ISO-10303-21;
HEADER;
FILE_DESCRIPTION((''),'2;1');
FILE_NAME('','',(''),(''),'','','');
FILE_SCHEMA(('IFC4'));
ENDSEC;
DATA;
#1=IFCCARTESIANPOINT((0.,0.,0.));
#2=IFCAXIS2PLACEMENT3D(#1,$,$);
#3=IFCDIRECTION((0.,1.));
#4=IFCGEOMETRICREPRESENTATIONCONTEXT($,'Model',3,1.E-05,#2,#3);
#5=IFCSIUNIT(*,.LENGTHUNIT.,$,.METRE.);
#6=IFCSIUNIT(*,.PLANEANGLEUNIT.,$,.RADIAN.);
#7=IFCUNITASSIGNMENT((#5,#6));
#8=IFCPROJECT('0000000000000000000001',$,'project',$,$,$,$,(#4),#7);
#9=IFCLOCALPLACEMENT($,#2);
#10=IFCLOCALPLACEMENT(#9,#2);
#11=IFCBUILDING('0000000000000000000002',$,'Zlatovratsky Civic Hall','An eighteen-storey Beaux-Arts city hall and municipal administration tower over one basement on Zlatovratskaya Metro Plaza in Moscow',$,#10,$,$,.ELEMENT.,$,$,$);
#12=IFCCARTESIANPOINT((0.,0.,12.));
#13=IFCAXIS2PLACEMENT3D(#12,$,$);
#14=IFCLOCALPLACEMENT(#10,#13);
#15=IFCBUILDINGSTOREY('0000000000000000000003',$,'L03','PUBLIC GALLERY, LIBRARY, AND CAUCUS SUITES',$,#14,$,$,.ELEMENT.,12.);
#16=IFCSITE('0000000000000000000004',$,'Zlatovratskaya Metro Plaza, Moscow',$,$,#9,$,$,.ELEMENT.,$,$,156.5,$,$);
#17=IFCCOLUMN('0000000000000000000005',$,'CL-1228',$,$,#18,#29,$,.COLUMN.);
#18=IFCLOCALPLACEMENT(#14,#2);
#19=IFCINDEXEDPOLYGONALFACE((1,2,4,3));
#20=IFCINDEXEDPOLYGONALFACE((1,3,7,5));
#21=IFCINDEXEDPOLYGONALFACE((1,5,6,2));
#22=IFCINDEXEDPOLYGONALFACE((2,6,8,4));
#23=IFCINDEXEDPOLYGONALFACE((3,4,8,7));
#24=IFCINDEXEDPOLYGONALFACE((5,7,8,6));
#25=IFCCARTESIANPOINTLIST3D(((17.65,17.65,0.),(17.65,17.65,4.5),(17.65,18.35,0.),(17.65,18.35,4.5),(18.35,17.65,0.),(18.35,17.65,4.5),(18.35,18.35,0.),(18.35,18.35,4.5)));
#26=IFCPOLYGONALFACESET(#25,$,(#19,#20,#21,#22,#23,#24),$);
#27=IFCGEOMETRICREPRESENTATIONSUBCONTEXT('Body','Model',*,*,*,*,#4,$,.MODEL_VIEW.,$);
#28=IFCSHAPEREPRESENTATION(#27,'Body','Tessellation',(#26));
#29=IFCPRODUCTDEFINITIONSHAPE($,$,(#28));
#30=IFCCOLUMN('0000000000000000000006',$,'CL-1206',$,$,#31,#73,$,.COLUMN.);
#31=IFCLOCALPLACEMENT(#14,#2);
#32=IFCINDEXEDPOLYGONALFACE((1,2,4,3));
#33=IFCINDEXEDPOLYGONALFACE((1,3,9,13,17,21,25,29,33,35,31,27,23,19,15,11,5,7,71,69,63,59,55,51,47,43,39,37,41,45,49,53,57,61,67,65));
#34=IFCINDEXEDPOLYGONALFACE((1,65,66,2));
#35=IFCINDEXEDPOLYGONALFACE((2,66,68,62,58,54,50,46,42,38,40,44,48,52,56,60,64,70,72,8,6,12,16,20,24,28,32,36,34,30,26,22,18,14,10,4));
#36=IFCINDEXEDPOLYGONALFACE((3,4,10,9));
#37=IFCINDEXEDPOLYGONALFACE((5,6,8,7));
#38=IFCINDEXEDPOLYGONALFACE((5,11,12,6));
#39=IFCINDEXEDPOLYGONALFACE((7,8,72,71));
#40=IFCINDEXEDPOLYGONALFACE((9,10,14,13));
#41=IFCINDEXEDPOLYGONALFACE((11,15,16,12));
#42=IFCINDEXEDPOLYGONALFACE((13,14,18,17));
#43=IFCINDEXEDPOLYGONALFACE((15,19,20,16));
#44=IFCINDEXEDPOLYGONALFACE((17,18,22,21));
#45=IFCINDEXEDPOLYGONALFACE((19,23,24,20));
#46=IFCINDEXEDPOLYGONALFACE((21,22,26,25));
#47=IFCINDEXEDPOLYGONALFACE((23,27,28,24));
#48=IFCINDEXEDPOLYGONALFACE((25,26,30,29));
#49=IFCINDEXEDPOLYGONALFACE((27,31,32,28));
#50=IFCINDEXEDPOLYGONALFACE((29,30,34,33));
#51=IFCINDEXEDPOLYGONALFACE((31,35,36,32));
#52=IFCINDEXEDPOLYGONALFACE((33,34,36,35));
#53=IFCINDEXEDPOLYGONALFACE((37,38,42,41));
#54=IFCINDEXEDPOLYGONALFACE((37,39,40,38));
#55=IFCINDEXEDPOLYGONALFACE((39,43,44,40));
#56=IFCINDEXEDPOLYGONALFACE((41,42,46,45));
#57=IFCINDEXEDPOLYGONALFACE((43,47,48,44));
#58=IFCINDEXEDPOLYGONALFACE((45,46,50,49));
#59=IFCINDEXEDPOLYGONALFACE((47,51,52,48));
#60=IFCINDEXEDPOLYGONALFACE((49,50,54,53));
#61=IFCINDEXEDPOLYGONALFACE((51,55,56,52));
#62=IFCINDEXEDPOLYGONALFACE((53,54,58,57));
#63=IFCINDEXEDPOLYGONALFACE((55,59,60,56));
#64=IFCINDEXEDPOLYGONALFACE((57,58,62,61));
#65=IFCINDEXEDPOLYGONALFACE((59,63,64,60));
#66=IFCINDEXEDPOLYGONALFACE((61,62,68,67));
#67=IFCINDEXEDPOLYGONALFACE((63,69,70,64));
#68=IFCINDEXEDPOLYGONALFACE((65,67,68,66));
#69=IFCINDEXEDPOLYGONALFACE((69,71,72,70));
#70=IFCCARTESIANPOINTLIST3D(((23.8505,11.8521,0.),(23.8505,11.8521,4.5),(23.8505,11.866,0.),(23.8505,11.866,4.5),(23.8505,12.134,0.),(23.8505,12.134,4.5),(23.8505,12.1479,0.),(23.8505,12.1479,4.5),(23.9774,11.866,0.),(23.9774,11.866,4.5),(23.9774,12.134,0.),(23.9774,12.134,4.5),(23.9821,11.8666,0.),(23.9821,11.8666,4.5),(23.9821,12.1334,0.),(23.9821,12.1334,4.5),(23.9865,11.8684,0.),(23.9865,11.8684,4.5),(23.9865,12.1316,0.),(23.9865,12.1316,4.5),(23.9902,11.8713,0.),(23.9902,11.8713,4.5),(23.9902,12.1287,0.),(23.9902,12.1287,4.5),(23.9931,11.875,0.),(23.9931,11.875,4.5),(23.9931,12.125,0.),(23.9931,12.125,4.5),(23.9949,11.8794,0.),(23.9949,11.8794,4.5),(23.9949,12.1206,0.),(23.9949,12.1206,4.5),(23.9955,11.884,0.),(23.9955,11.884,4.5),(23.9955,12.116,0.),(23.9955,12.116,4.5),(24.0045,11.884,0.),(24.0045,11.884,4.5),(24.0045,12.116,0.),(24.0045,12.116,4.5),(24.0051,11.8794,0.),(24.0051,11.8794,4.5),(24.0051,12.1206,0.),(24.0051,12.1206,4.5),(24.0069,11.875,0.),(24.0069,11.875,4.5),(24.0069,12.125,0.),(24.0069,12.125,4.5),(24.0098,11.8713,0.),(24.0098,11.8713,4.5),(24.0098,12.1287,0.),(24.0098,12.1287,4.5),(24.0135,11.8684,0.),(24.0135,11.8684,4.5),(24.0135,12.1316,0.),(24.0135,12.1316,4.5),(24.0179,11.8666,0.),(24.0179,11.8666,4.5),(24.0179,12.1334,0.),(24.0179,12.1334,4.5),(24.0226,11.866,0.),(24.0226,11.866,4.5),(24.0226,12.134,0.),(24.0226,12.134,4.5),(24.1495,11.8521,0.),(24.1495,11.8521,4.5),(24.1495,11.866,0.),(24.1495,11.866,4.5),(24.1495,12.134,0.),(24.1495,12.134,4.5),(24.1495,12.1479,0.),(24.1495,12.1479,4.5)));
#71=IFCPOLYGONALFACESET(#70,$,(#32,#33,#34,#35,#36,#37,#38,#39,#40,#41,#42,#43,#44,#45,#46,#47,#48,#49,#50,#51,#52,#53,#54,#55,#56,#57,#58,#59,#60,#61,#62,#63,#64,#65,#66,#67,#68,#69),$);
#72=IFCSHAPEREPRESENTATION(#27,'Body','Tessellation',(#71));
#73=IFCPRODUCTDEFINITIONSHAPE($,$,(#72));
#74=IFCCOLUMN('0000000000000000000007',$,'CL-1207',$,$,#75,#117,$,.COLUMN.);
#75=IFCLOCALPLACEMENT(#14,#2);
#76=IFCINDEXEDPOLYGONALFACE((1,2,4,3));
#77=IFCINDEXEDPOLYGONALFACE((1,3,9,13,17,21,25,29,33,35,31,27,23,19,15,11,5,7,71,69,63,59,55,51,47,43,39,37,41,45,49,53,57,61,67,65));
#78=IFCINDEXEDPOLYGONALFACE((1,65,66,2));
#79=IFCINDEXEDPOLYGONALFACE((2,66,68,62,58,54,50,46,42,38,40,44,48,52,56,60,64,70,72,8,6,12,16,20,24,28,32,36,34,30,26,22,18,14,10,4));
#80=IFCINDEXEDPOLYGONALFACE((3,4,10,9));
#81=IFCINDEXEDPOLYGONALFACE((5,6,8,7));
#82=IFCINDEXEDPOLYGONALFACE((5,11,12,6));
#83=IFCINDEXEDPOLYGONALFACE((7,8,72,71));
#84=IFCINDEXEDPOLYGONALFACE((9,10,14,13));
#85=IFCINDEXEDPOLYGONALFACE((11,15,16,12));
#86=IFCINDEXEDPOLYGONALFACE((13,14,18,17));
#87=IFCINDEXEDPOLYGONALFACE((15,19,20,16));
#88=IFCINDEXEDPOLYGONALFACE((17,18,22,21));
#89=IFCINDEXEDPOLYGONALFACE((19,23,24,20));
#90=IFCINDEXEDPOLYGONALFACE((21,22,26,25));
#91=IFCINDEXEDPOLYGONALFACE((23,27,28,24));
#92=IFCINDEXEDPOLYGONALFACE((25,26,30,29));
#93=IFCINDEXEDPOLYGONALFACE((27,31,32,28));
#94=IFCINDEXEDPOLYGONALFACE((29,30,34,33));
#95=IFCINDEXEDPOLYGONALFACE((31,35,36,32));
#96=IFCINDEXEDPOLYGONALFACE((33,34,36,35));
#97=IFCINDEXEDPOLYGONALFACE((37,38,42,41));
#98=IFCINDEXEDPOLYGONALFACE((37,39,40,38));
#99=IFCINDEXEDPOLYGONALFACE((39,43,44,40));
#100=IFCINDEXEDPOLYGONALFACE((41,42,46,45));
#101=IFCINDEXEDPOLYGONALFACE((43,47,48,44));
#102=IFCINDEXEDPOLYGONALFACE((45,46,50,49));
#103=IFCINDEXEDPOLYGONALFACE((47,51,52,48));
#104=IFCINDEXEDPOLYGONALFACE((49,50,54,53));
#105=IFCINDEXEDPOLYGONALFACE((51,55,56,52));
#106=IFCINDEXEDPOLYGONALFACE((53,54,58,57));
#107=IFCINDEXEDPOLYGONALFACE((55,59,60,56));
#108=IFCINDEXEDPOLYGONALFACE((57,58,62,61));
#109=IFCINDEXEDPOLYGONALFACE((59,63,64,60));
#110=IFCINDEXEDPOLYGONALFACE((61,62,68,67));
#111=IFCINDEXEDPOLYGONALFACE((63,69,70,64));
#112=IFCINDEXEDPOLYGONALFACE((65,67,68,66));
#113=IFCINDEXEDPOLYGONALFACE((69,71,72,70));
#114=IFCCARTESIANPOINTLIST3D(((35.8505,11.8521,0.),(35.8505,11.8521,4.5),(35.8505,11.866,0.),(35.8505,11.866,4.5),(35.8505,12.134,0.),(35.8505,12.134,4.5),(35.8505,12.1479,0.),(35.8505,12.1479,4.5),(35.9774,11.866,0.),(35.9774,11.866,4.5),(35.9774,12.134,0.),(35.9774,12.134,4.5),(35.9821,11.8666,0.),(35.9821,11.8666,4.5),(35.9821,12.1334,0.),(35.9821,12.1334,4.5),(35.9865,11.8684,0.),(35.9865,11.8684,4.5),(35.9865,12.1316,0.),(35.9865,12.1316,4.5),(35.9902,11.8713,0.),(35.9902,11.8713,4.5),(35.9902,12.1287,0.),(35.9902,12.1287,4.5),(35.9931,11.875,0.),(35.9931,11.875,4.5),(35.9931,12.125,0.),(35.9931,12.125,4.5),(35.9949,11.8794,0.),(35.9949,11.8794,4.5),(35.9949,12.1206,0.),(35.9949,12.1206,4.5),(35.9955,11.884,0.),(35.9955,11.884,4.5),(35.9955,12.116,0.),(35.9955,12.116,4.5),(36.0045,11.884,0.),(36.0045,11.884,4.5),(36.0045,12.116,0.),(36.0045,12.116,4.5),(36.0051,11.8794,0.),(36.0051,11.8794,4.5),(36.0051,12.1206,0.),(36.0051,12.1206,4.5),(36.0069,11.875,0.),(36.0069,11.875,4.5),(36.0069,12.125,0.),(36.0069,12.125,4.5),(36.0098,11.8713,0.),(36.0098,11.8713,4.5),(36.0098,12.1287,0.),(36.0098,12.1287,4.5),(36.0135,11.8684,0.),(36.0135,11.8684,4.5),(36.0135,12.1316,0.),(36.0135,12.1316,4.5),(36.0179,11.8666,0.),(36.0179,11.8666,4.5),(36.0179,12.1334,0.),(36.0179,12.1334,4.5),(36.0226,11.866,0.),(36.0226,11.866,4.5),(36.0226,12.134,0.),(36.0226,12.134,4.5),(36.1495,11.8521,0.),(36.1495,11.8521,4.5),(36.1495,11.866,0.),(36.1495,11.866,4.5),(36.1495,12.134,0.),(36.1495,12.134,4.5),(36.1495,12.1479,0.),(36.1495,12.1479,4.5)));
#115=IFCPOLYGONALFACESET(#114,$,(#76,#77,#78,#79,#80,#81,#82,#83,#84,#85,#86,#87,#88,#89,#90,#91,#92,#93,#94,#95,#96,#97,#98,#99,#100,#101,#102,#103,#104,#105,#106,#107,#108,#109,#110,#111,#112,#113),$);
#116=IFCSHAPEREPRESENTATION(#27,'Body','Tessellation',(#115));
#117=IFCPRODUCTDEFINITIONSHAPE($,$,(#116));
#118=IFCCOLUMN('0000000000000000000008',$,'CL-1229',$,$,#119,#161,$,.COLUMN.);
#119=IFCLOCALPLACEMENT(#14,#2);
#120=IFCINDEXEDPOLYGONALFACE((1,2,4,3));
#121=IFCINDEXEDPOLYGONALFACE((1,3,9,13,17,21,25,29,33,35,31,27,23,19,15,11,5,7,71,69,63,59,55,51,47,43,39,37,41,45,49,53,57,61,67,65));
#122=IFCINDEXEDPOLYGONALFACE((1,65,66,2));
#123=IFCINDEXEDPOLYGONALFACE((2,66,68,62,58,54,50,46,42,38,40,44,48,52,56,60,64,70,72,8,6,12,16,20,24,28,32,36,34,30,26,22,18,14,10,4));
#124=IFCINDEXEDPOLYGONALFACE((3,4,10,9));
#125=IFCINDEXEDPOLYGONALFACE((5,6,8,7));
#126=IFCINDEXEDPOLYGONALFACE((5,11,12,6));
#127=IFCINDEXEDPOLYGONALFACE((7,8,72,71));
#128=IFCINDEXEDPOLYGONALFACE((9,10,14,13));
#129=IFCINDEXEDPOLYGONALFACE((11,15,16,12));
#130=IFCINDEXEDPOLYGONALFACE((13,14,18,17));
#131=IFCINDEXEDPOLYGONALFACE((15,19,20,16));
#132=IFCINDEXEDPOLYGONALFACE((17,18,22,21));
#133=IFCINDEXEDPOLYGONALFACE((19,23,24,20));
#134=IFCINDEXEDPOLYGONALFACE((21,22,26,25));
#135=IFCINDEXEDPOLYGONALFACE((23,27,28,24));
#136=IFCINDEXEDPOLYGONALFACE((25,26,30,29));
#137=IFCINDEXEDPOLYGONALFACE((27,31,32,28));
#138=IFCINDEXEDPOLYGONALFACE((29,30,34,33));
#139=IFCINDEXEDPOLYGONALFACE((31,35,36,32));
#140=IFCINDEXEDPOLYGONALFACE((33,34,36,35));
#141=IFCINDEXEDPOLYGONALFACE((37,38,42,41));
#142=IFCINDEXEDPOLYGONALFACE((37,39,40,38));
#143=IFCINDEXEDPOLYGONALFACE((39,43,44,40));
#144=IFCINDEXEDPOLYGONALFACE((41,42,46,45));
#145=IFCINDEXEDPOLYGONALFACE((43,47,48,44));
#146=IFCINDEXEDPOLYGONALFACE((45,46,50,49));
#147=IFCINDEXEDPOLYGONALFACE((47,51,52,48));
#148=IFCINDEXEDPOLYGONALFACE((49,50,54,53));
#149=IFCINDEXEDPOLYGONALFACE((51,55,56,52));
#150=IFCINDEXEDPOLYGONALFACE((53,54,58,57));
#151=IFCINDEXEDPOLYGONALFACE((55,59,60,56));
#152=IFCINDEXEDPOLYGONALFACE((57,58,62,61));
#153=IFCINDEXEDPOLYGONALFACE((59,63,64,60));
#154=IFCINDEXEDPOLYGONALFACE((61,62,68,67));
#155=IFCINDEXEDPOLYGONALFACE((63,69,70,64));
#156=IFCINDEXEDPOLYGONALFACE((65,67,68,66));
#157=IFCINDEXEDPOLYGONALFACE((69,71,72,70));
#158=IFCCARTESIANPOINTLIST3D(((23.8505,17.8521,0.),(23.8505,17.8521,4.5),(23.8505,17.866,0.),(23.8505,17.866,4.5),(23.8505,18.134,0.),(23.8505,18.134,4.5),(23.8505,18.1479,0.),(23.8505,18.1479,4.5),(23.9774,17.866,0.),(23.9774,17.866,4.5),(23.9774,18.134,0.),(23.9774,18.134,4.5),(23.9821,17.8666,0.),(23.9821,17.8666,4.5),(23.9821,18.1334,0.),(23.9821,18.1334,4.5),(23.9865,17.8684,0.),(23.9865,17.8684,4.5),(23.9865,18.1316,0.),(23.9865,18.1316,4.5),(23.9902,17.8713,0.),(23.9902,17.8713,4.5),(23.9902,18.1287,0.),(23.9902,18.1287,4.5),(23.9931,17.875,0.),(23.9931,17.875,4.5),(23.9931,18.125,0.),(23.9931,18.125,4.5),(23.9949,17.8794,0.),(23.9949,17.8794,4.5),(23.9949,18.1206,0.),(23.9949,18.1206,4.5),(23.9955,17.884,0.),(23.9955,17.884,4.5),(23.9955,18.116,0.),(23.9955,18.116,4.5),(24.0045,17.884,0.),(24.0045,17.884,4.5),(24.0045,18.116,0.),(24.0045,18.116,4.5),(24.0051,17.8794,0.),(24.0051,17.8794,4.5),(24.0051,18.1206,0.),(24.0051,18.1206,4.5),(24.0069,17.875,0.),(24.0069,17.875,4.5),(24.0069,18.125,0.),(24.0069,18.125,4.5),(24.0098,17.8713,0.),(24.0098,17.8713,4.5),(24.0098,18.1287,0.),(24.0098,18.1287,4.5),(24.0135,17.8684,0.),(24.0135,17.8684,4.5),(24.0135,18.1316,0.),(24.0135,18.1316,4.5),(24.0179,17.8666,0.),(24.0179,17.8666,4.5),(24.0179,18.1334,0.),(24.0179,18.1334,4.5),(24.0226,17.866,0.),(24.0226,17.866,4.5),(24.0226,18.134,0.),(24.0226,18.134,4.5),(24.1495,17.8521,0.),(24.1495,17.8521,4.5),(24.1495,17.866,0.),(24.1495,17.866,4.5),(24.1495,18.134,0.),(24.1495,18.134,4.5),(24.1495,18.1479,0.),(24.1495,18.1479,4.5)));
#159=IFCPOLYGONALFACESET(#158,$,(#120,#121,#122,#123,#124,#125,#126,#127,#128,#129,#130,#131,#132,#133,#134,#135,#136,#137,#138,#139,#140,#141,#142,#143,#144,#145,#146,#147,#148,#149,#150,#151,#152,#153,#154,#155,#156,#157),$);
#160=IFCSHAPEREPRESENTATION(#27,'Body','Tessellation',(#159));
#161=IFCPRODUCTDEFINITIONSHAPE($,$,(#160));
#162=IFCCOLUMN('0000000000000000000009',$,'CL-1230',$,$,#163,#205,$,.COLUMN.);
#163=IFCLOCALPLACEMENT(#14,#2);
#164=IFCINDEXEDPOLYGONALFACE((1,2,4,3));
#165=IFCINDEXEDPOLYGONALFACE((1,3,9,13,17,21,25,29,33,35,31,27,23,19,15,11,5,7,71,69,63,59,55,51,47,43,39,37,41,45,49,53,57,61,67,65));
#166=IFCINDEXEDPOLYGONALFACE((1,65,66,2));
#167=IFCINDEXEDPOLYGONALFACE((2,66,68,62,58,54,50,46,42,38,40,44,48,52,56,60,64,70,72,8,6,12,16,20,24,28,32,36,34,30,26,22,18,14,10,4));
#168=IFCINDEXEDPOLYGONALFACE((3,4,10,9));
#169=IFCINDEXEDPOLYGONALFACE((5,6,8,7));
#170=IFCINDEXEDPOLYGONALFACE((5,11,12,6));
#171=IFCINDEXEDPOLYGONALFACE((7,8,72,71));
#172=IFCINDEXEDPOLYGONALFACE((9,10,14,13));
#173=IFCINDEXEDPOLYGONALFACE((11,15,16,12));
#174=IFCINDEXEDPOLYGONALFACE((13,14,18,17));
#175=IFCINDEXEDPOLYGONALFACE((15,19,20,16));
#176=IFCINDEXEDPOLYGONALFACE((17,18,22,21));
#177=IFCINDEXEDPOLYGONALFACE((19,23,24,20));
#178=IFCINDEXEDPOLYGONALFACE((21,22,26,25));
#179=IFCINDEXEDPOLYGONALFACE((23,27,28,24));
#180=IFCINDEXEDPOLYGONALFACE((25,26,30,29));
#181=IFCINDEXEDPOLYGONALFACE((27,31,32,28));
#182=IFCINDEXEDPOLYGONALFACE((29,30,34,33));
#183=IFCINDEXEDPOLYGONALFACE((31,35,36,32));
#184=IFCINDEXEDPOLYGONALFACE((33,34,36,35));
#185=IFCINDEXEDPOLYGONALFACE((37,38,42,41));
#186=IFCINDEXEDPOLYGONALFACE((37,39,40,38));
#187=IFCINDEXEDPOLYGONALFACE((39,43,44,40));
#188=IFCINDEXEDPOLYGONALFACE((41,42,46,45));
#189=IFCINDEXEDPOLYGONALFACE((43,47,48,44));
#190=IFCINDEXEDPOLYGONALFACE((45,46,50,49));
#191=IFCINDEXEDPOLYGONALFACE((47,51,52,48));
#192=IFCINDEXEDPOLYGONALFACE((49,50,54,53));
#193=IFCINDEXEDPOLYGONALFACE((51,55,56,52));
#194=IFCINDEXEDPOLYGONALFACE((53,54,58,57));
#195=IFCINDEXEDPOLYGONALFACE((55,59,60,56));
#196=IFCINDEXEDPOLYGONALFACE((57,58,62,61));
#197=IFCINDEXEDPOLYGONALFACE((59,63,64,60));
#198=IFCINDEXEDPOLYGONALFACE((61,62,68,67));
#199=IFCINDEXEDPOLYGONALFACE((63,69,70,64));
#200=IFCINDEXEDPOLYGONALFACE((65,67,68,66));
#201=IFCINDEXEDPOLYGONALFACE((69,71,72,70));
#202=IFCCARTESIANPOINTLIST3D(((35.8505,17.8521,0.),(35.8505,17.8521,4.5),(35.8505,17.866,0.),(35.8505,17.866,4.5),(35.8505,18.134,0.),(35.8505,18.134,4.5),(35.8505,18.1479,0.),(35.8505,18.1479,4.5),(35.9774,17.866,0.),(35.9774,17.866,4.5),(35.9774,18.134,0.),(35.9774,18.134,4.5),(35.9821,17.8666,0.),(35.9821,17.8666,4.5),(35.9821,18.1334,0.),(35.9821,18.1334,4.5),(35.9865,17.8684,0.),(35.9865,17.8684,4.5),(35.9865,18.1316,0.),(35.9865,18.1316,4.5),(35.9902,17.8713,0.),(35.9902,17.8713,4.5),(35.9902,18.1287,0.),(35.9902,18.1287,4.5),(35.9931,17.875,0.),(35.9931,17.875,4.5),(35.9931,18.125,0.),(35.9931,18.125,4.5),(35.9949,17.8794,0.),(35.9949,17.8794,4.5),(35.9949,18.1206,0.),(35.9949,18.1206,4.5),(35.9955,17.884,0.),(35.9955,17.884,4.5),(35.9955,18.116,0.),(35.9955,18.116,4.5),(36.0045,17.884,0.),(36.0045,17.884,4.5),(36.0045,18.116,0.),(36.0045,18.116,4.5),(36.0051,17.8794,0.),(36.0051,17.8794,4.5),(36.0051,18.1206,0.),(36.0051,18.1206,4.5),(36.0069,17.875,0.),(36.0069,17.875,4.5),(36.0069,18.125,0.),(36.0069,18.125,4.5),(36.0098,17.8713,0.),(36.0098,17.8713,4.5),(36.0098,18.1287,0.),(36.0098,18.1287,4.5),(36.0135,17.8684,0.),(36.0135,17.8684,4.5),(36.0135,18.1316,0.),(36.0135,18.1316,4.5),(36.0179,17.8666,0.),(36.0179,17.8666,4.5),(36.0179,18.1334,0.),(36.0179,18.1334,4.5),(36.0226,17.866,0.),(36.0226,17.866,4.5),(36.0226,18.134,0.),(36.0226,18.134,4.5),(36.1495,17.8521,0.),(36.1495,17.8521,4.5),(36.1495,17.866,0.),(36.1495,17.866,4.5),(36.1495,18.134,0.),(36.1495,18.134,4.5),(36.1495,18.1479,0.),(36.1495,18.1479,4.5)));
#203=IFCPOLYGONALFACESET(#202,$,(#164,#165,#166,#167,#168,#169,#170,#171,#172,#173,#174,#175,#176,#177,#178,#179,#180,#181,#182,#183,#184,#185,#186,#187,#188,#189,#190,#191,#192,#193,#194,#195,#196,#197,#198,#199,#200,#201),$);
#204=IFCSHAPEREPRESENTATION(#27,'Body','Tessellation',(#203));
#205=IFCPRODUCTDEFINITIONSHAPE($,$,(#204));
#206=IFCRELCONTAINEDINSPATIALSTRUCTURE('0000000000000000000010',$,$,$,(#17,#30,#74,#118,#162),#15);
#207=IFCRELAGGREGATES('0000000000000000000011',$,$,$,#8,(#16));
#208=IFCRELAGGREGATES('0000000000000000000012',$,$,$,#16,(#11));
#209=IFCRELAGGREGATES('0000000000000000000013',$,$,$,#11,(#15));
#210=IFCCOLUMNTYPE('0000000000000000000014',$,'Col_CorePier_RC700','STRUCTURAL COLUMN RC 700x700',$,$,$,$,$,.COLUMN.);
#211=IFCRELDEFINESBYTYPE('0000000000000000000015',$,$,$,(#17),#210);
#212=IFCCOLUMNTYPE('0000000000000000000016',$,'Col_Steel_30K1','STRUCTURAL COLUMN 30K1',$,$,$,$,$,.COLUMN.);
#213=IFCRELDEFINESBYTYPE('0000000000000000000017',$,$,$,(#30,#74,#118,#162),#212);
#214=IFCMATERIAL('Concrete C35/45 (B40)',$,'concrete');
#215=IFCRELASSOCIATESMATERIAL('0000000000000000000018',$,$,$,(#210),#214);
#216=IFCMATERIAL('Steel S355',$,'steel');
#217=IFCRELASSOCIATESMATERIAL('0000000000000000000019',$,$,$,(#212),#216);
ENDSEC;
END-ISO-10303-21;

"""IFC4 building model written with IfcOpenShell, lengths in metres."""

from ifc_helpers import new_model, si_unit, direction, frame, origin, origin_2d, place, context, subcontext, project, spatial, rectangle, i_section, extrude, material, material_profile, profile_set, type_object, element, save


model = new_model("IFC4")

# Units and contexts
model_context = context("Model", 3, precision=1e-05, world=origin(), true_north=direction((0.0, 1.0)))
body_context = subcontext(model_context, "Body", "Model", "MODEL_VIEW")
ifc_project = project(units=[si_unit("LENGTHUNIT", "METRE"), si_unit("PLANEANGLEUNIT", "RADIAN")], contexts=[model_context])

# Site, building, storey
site_placement = place(None, origin())
site = spatial("IfcSite", under=ifc_project, at=site_placement, Name="Zlatovratskaya Metro Plaza, Moscow", CompositionType="ELEMENT", RefElevation=156.5)
building_placement = place(site_placement, origin())
building = spatial("IfcBuilding", under=site, at=building_placement, Name="Zlatovratsky Civic Hall", Description="An eighteen-storey Beaux-Arts city hall and municipal administration tower over one basement on Zlatovratskaya Metro Plaza in Moscow", CompositionType="ELEMENT")
storey_placement = place(building_placement, frame((0.0, 0.0, 12.0)))
storey = spatial("IfcBuildingStorey", under=building, at=storey_placement, Name="L03", Description="PUBLIC GALLERY, LIBRARY, AND CAUCUS SUITES", CompositionType="ELEMENT", Elevation=12.0)

# Columns
ifc_material_1 = material(Name="Concrete C35/45 (B40)", Category="concrete")
ifc_material_profile_1 = material_profile(ifc_material_1, rectangle(XDim=0.7, YDim=0.7, at=origin_2d()), Name="RC 700x700")
ifc_profile_set_1 = profile_set([ifc_material_profile_1], Name="Concrete C35/45 (B40)")
column_type_1 = type_object("IfcColumnType", Name="Col_CorePier_RC700", Description="STRUCTURAL COLUMN RC 700x700", PredefinedType="COLUMN", material=ifc_profile_set_1)
column_placement = place(storey_placement, frame((18.0, 18.0, 0.0), z_axis=(0.0, 0.0, 1.0), x_axis=(1.0, 0.0, 0.0)))
element("IfcColumn", 1, at=column_placement, inside=storey, type_object=column_type_1, Name="CL-1228", PredefinedType="COLUMN", context=body_context, shape_type="SweptSolid", body=[
    extrude(rectangle(XDim=0.7, YDim=0.7, at=origin_2d()), origin(), (0.0, 0.0, 1.0), 4.5),
])
ifc_material_2 = material(Name="Steel S355", Category="steel")
ifc_material_profile_2 = material_profile(ifc_material_2, i_section(OverallWidth=0.2991, OverallDepth=0.2959, WebThickness=0.009, FlangeThickness=0.0139, FilletRadius=0.0181, at=origin_2d()), Name="30K1")
ifc_profile_set_2 = profile_set([ifc_material_profile_2], Name="Steel S355")
column_type_2 = type_object("IfcColumnType", Name="Col_Steel_30K1", Description="STRUCTURAL COLUMN 30K1", PredefinedType="COLUMN", material=ifc_profile_set_2)
for number, where, z_axis, x_axis, name in (
    (2, (24.0, 12.0, 0.0), (0.0, 0.0, 1.0), (1.0, 0.0, 0.0), "CL-1206"),
    (3, (36.0, 12.0, 0.0), (0.0, 0.0, 1.0), (1.0, 0.0, 0.0), "CL-1207"),
    (4, (24.0, 18.0, 0.0), (0.0, 0.0, 1.0), (1.0, 0.0, 0.0), "CL-1229"),
    (5, (36.0, 18.0, 0.0), (0.0, 0.0, 1.0), (1.0, 0.0, 0.0), "CL-1230"),
):
    element("IfcColumn", number, at=place(storey_placement, frame(where, z_axis=z_axis, x_axis=x_axis)), inside=storey, type_object=column_type_2, Name=name, PredefinedType="COLUMN", context=body_context, shape_type="SweptSolid", body=[
        extrude(i_section(OverallWidth=0.2991, OverallDepth=0.2959, WebThickness=0.009, FlangeThickness=0.0139, FilletRadius=0.0181, at=origin_2d()), origin(), (0.0, 0.0, 1.0), 4.5),
    ])

save(model, "model.ifc")
